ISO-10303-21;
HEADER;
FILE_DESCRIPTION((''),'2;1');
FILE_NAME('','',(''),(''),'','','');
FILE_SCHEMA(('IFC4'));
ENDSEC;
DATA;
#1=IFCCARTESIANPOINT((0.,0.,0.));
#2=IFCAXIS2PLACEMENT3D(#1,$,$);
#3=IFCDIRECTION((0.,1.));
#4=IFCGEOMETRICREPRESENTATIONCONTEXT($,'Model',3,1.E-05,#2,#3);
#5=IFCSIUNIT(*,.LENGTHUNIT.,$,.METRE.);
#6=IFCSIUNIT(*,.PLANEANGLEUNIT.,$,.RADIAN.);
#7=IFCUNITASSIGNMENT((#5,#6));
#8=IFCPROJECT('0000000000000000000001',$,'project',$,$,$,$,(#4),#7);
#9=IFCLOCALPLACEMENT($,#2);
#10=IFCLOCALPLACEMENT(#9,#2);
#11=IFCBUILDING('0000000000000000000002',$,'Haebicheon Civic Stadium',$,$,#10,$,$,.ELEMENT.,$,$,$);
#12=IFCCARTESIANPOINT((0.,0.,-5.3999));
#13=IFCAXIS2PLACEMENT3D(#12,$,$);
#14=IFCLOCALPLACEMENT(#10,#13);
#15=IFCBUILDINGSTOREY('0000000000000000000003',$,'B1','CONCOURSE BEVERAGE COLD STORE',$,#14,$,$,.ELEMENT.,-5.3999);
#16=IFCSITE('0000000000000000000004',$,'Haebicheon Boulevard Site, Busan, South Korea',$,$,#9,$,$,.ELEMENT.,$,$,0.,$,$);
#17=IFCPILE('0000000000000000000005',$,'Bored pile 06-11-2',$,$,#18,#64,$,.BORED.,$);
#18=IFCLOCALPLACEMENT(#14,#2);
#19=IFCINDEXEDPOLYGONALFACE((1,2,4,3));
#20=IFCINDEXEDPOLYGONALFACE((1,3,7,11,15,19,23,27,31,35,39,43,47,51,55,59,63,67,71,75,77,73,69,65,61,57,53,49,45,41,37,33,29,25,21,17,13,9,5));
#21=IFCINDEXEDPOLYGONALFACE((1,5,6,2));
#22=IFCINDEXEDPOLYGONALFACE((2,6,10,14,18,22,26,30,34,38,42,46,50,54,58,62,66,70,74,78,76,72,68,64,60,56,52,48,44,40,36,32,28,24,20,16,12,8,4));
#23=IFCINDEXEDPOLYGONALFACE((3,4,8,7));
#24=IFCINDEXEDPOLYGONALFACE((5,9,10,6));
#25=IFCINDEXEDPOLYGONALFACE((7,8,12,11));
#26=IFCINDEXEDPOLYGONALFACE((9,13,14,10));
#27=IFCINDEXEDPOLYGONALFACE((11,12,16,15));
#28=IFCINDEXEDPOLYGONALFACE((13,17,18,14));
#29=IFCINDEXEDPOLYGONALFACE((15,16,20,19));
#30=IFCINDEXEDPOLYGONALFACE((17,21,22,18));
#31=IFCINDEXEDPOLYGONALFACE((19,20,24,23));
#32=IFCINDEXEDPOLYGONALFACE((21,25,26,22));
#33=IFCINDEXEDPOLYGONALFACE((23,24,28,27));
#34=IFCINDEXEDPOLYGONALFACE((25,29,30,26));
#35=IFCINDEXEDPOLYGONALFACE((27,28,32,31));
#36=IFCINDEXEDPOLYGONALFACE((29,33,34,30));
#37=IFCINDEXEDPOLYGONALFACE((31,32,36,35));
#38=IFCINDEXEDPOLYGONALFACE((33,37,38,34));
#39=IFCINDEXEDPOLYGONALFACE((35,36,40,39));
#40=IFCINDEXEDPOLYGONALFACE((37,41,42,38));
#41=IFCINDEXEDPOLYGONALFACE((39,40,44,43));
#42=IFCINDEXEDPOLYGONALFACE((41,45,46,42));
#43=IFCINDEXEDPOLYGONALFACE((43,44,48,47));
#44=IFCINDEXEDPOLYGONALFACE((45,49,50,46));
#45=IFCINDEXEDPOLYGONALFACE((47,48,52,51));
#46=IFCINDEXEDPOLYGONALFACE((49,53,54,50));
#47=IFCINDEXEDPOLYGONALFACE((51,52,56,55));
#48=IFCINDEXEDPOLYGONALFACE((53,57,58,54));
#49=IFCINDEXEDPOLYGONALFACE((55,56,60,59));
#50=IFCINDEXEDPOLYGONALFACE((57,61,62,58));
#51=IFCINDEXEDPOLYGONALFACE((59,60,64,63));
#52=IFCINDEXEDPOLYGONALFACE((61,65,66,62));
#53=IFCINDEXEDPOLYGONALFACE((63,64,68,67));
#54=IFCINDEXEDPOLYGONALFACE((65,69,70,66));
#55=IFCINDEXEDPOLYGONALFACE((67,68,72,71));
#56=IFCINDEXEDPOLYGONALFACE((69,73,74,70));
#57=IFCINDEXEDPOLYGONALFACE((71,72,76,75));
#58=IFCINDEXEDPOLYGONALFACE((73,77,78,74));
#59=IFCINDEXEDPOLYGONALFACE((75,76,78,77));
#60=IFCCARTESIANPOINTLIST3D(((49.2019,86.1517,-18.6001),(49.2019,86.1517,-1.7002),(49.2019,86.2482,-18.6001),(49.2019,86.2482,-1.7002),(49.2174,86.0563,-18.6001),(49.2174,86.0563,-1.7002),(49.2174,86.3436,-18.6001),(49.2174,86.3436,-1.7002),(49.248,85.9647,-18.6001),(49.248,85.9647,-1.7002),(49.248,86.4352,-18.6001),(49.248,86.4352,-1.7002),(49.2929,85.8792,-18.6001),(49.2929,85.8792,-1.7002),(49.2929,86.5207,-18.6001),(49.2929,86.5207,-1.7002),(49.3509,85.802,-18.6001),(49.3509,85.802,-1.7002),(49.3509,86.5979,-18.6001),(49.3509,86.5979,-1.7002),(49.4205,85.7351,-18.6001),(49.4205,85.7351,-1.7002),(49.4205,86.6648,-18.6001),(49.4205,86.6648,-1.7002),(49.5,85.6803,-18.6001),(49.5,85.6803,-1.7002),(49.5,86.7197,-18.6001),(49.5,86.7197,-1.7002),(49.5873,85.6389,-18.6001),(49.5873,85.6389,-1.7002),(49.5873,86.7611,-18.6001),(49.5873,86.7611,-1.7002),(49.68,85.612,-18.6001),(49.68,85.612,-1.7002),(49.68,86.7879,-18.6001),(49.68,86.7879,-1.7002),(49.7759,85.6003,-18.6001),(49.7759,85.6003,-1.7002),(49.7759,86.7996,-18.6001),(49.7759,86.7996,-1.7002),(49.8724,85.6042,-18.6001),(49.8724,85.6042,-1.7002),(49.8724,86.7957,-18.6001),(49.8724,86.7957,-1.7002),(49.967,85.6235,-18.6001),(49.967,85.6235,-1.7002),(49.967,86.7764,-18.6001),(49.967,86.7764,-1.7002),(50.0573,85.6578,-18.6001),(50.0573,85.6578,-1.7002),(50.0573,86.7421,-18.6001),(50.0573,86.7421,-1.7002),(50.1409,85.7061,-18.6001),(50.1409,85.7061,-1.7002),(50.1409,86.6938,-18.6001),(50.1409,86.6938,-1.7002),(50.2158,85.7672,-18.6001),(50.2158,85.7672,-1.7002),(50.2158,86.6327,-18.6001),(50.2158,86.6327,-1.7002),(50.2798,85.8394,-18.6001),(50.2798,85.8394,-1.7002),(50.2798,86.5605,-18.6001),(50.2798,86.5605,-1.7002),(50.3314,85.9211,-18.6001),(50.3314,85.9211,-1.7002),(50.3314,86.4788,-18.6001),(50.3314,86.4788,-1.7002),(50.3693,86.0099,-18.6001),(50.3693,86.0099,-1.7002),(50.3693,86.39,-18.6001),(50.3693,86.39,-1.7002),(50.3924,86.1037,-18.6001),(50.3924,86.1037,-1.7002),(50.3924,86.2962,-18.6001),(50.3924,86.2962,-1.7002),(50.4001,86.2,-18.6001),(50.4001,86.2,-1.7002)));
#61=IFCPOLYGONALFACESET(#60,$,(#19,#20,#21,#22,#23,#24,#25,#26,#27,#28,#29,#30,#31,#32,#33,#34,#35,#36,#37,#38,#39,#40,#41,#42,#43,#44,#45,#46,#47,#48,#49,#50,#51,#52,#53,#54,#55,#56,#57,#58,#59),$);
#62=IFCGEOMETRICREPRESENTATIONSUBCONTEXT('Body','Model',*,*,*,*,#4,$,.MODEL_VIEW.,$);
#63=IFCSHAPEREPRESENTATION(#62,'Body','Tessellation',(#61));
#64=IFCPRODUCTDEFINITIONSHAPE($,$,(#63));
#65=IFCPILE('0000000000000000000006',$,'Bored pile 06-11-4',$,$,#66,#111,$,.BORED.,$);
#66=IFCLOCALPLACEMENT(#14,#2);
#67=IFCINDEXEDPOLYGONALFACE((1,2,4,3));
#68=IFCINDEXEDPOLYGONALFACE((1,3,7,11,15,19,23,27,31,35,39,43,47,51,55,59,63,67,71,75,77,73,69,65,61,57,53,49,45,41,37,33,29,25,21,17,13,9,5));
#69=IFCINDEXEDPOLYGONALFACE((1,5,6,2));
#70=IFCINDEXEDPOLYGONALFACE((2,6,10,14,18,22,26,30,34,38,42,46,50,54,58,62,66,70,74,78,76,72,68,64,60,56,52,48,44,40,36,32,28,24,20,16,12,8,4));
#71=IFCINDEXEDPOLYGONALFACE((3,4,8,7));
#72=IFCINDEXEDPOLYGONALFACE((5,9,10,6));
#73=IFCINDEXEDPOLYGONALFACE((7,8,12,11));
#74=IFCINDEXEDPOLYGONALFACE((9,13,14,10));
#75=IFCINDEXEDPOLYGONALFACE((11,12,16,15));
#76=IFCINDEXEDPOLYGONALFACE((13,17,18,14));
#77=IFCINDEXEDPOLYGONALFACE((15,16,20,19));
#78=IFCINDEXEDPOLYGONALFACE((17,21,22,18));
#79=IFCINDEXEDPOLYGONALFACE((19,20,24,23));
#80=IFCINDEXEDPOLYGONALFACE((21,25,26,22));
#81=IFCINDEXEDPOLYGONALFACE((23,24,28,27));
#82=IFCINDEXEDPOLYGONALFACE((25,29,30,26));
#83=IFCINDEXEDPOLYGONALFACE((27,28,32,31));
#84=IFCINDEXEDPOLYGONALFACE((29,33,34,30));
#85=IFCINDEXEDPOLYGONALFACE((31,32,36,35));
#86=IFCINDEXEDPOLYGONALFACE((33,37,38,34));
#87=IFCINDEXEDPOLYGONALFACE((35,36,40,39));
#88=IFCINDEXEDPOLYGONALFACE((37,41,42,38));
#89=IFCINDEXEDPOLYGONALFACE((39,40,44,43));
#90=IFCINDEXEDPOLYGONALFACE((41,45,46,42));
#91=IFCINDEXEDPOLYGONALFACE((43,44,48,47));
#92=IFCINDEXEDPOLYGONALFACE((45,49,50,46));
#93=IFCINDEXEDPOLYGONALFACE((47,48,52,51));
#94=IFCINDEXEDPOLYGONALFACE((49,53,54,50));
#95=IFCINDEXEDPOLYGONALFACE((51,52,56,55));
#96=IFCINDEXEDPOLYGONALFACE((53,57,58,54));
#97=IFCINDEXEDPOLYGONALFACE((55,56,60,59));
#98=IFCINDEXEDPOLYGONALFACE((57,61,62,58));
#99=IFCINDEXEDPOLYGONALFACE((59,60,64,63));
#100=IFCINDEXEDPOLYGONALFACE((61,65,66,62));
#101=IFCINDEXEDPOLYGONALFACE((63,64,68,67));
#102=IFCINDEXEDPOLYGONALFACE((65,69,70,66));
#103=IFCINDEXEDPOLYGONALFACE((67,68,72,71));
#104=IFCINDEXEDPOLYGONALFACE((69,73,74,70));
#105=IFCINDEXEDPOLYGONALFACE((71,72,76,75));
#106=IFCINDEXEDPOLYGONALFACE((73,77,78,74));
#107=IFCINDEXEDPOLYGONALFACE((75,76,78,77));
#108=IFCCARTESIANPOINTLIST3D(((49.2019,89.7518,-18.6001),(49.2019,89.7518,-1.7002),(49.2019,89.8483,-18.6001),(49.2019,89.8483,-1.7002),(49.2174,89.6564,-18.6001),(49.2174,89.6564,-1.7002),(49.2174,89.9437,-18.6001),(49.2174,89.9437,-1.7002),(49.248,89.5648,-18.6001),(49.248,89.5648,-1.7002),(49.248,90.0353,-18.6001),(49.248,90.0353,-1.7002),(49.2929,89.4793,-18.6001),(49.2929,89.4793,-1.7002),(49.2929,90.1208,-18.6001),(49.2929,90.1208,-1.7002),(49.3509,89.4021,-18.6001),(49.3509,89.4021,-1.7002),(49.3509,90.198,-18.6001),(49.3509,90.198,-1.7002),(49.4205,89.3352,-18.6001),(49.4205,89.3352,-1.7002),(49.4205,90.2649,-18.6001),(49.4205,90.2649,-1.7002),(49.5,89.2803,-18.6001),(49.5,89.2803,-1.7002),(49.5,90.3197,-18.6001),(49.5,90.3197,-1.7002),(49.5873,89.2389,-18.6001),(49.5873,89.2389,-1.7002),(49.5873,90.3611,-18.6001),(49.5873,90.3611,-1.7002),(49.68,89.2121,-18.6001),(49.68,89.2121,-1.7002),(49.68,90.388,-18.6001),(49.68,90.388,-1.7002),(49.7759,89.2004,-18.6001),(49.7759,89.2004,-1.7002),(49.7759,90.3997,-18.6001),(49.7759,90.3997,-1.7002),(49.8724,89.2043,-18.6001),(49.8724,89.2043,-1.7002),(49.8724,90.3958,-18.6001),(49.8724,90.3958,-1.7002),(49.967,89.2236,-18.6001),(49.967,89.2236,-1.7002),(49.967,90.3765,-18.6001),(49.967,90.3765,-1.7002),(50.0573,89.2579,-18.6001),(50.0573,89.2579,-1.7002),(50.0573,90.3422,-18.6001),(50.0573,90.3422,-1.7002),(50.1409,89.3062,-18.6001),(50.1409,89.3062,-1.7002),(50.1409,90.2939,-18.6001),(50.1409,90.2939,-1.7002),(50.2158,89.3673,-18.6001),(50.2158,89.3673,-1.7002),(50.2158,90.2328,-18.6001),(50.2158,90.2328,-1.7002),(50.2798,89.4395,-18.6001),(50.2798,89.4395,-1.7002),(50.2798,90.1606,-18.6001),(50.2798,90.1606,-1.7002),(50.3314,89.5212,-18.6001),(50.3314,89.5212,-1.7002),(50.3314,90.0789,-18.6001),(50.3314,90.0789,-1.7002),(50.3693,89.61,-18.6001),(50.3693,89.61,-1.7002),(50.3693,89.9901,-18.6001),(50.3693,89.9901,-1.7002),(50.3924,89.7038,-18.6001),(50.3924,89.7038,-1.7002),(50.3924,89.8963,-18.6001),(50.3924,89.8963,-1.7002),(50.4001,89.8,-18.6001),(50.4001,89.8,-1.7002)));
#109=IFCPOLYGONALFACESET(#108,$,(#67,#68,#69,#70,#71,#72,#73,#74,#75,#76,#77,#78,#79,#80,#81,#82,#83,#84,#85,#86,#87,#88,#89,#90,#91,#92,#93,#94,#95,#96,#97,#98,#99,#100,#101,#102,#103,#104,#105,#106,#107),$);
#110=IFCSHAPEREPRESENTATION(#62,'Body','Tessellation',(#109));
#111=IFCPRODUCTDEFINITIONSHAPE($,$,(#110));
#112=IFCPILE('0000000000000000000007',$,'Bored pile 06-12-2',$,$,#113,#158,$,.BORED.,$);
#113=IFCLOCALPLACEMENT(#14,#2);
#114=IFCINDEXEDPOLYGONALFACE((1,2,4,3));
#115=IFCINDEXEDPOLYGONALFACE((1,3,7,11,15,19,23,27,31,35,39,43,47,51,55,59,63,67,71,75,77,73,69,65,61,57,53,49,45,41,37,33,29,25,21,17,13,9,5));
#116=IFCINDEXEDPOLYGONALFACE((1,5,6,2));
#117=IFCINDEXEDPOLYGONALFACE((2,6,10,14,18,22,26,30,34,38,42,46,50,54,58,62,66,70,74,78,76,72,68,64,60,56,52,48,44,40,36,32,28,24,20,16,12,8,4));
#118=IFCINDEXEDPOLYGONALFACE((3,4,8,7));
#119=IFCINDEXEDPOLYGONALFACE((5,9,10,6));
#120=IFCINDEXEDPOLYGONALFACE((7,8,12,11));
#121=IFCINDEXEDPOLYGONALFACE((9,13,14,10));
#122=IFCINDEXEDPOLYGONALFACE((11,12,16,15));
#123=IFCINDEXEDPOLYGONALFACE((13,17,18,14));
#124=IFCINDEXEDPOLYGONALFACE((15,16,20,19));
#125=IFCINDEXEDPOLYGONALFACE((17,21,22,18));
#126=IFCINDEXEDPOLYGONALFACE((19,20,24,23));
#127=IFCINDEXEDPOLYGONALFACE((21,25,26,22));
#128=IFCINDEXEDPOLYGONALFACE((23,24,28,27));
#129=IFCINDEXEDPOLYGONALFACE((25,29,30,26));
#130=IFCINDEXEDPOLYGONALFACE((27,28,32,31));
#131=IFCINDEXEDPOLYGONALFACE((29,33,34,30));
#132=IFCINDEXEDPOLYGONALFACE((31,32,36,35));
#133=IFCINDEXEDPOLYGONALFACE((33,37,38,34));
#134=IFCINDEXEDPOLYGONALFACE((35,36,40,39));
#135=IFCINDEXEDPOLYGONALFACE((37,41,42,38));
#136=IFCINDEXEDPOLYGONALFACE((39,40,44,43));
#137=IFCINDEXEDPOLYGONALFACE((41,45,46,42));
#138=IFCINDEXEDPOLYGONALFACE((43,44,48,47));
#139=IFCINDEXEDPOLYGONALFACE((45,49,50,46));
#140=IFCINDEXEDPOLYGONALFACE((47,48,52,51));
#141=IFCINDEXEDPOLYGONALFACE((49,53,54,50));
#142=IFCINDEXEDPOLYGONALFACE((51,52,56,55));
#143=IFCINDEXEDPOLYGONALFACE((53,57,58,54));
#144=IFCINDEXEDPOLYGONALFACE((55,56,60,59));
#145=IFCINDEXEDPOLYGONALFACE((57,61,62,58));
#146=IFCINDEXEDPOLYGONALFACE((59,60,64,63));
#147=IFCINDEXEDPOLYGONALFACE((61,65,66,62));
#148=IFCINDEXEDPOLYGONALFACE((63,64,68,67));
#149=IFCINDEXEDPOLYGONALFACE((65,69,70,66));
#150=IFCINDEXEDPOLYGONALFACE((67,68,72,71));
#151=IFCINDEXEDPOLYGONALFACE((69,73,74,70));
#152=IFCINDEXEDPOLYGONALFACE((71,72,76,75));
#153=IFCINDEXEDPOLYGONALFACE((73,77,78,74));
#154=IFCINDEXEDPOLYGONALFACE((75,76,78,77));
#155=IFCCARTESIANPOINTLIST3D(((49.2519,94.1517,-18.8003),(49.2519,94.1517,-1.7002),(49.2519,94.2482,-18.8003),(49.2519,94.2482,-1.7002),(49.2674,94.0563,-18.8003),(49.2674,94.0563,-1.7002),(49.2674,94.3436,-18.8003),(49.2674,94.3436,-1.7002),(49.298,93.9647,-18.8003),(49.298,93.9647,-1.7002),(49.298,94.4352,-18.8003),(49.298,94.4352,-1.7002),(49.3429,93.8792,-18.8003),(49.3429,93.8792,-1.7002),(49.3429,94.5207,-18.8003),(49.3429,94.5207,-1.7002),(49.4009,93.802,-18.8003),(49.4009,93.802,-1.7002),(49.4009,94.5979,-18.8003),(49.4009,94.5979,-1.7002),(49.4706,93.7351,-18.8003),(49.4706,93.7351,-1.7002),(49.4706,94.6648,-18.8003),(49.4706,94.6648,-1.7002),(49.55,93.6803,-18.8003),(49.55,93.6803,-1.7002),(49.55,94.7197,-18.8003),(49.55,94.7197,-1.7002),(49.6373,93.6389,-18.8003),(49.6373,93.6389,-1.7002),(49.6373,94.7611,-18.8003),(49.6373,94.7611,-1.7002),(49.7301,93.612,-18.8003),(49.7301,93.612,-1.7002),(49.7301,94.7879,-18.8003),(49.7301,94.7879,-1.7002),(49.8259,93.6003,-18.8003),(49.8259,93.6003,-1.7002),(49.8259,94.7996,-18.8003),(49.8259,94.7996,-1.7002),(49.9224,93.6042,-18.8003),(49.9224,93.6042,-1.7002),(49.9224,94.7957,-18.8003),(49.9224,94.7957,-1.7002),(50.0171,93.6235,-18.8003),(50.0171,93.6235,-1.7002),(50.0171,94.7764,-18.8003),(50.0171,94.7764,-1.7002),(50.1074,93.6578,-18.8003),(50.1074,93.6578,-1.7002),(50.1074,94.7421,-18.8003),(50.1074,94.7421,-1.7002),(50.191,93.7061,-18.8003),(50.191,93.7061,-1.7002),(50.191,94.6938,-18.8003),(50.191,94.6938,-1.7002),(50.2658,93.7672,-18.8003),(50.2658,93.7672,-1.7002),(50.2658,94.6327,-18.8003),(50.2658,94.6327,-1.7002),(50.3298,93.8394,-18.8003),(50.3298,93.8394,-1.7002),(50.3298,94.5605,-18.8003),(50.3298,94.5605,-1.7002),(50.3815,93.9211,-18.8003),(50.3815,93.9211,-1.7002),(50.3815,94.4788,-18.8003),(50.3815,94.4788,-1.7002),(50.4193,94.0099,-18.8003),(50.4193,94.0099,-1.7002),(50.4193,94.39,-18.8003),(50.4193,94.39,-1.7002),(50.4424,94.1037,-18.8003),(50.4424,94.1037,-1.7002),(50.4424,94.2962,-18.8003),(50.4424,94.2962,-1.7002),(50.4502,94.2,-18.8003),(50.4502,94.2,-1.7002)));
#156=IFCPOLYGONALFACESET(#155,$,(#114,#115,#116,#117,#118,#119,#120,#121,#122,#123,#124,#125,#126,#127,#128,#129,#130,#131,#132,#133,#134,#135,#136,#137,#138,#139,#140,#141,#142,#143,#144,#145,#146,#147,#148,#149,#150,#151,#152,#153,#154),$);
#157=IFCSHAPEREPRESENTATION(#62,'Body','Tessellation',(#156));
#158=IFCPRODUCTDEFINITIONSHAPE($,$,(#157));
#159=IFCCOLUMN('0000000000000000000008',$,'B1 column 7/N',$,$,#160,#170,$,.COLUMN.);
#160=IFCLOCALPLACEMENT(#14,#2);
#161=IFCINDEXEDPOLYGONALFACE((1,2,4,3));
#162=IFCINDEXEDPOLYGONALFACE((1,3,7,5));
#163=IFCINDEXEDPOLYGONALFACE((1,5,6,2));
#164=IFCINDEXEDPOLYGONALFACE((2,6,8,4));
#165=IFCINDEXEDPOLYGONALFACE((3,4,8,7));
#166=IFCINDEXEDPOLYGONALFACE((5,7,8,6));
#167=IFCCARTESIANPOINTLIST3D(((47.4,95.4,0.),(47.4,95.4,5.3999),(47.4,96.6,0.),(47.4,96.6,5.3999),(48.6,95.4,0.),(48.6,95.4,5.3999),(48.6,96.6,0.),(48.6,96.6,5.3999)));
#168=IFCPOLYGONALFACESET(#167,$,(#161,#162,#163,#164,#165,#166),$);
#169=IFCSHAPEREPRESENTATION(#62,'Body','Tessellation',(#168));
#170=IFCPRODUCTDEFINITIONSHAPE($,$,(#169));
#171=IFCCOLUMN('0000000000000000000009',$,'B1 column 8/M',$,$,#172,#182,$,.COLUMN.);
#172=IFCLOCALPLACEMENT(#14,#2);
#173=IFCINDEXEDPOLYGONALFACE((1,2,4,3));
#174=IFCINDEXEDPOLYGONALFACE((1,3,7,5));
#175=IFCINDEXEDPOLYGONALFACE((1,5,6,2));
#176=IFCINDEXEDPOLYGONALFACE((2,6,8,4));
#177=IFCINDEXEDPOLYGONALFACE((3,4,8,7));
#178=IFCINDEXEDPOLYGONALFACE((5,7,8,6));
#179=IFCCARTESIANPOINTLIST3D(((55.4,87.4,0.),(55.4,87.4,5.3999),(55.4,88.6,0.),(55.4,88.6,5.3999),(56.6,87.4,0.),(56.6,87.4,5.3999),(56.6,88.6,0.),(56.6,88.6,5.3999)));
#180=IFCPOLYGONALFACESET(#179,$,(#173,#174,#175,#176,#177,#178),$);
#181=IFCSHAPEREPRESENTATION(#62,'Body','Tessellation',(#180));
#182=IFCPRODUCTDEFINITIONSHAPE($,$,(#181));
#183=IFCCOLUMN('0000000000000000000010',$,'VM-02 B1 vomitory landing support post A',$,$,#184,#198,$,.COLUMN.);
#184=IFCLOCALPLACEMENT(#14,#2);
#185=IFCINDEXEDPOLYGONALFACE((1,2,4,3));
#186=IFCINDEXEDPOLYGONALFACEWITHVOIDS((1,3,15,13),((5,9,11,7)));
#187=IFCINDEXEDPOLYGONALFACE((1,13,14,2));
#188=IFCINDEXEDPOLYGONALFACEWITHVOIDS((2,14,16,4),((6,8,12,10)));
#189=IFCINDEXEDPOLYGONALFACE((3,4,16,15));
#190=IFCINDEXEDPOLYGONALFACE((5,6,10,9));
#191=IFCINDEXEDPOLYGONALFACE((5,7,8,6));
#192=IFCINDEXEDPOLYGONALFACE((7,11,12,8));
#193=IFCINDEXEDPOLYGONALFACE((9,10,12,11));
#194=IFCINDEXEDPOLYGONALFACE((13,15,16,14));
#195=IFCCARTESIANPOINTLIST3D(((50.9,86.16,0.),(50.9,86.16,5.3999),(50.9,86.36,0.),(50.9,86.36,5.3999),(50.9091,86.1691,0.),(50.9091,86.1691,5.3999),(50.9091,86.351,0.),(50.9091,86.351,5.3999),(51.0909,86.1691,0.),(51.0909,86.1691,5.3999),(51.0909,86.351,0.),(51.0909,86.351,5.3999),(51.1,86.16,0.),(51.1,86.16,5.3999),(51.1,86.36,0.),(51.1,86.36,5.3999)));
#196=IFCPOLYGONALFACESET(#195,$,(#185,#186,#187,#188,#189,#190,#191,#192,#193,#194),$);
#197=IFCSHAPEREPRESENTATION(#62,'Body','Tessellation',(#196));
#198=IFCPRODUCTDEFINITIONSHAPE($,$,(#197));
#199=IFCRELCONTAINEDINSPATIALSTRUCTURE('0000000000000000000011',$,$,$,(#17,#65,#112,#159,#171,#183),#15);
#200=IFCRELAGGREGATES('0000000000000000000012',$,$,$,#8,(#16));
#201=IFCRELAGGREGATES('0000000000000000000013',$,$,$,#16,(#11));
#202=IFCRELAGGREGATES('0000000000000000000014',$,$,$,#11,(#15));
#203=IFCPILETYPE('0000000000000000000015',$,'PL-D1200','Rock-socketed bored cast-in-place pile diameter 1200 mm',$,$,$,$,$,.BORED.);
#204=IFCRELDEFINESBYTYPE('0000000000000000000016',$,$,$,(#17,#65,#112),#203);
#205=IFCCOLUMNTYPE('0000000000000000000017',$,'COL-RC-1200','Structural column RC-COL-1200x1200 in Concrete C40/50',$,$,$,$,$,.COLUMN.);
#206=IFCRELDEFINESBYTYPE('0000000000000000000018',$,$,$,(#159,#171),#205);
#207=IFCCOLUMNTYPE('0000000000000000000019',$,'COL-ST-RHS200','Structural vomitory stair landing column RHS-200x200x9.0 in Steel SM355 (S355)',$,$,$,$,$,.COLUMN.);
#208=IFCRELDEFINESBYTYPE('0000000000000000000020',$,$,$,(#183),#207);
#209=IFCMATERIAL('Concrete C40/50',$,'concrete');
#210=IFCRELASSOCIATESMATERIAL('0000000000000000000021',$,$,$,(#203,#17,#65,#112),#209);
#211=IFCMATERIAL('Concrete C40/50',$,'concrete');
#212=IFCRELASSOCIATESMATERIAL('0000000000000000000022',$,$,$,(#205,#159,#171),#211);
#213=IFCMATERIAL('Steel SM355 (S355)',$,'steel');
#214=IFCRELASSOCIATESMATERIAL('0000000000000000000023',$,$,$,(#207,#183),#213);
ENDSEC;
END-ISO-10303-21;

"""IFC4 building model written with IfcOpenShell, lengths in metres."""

from ifc_helpers import new_model, si_unit, direction, frame, origin, origin_2d, place, context, subcontext, project, spatial, rectangle, hollow_rectangle, circle, extrude, material, material_profile, profile_set, type_object, element, save


model = new_model("IFC4")

# Units and contexts
model_context = context("Model", 3, precision=1e-05, world=origin(), true_north=direction((0.0, 1.0)))
body_context = subcontext(model_context, "Body", "Model", "MODEL_VIEW")
ifc_project = project(units=[si_unit("LENGTHUNIT", "METRE"), si_unit("PLANEANGLEUNIT", "RADIAN")], contexts=[model_context])

# Site, building, storey
site_placement = place(None, origin())
site = spatial("IfcSite", under=ifc_project, at=site_placement, Name="Haebicheon Boulevard Site, Busan, South Korea", CompositionType="ELEMENT", RefElevation=0.0)
building_placement = place(site_placement, origin())
building = spatial("IfcBuilding", under=site, at=building_placement, Name="Haebicheon Civic Stadium", CompositionType="ELEMENT")
storey_placement = place(building_placement, frame((0.0, 0.0, -5.3999)))
storey = spatial("IfcBuildingStorey", under=building, at=storey_placement, Name="B1", Description="CONCOURSE BEVERAGE COLD STORE", CompositionType="ELEMENT", Elevation=-5.3999)

# Piles
ifc_material_1 = material(Name="Concrete C40/50", Category="concrete")
ifc_material_profile_1 = material_profile(ifc_material_1, circle(Radius=0.6001, at=origin_2d()), Name="PILE-D1200")
ifc_profile_set_1 = profile_set([ifc_material_profile_1], Name="Concrete C40/50")
pile_type_1 = type_object("IfcPileType", Name="PL-D1200", Description="Rock-socketed bored cast-in-place pile diameter 1200 mm", PredefinedType="BORED", material=ifc_profile_set_1)
for number, where, z_axis, x_axis, name in (
    (1, (49.8, 86.2, -1.7002), (0.0, 0.0, -1.0), (1.0, 0.0, 0.0), "Bored pile 06-11-2"),
    (2, (49.8, 89.8, -1.7002), (0.0, 0.0, -1.0), (1.0, 0.0, 0.0), "Bored pile 06-11-4"),
):
    element("IfcPile", number, at=place(storey_placement, frame(where, z_axis=z_axis, x_axis=x_axis)), inside=storey, type_object=pile_type_1, material=ifc_profile_set_1, Name=name, PredefinedType="BORED", context=body_context, shape_type="SweptSolid", body=[
        extrude(circle(Radius=0.6001, at=origin_2d()), origin(), (0.0, 0.0, 1.0), 16.8999),
    ])
pile_placement = place(storey_placement, frame((49.8501, 94.2, -1.7002), z_axis=(0.0, 0.0, -1.0), x_axis=(1.0, 0.0, 0.0)))
element("IfcPile", 3, at=pile_placement, inside=storey, type_object=pile_type_1, material=ifc_profile_set_1, Name="Bored pile 06-12-2", PredefinedType="BORED", context=body_context, shape_type="SweptSolid", body=[
    extrude(circle(Radius=0.6001, at=origin_2d()), origin(), (0.0, 0.0, 1.0), 17.1001),
])

# Columns
ifc_material_2 = material(Name="Concrete C40/50", Category="concrete")
ifc_material_profile_2 = material_profile(ifc_material_2, rectangle(XDim=1.2, YDim=1.2, at=origin_2d()), Name="RC-COL-1200x1200")
ifc_profile_set_2 = profile_set([ifc_material_profile_2], Name="Concrete C40/50")
column_type_1 = type_object("IfcColumnType", Name="COL-RC-1200", Description="Structural column RC-COL-1200x1200 in Concrete C40/50", PredefinedType="COLUMN", material=ifc_profile_set_2)
for number, where, z_axis, x_axis, name in (
    (4, (48.0, 96.0, 0.0), (0.0, 0.0, 1.0), (1.0, 0.0, 0.0), "B1 column 7/N"),
    (5, (56.0, 88.0, 0.0), (0.0, 0.0, 1.0), (1.0, 0.0, 0.0), "B1 column 8/M"),
):
    element("IfcColumn", number, at=place(storey_placement, frame(where, z_axis=z_axis, x_axis=x_axis)), inside=storey, type_object=column_type_1, material=ifc_profile_set_2, Name=name, PredefinedType="COLUMN", context=body_context, shape_type="SweptSolid", body=[
        extrude(rectangle(XDim=1.2, YDim=1.2, at=origin_2d()), origin(), (0.0, 0.0, 1.0), 5.3999),
    ])
ifc_material_3 = material(Name="Steel SM355 (S355)", Category="steel")
ifc_material_profile_3 = material_profile(ifc_material_3, hollow_rectangle(XDim=0.2, YDim=0.2, WallThickness=0.009, at=origin_2d()), Name="RHS-200x200x9.0")
ifc_profile_set_3 = profile_set([ifc_material_profile_3], Name="Steel SM355 (S355)")
column_type_2 = type_object("IfcColumnType", Name="COL-ST-RHS200", Description="Structural vomitory stair landing column RHS-200x200x9.0 in Steel SM355 (S355)", PredefinedType="COLUMN", material=ifc_profile_set_3)
for number, where, z_axis, x_axis, name in (
    (6, (51.0, 86.26, 0.0), (0.0, 0.0, 1.0), (1.0, 0.0, 0.0), "VM-02 B1 vomitory landing support post A"),
):
    element("IfcColumn", number, at=place(storey_placement, frame(where, z_axis=z_axis, x_axis=x_axis)), inside=storey, type_object=column_type_2, material=ifc_profile_set_3, Name=name, PredefinedType="COLUMN", context=body_context, shape_type="SweptSolid", body=[
        extrude(hollow_rectangle(XDim=0.2, YDim=0.2, WallThickness=0.009, at=origin_2d()), origin(), (0.0, 0.0, 1.0), 5.3999),
    ])

save(model, "model.ifc")
